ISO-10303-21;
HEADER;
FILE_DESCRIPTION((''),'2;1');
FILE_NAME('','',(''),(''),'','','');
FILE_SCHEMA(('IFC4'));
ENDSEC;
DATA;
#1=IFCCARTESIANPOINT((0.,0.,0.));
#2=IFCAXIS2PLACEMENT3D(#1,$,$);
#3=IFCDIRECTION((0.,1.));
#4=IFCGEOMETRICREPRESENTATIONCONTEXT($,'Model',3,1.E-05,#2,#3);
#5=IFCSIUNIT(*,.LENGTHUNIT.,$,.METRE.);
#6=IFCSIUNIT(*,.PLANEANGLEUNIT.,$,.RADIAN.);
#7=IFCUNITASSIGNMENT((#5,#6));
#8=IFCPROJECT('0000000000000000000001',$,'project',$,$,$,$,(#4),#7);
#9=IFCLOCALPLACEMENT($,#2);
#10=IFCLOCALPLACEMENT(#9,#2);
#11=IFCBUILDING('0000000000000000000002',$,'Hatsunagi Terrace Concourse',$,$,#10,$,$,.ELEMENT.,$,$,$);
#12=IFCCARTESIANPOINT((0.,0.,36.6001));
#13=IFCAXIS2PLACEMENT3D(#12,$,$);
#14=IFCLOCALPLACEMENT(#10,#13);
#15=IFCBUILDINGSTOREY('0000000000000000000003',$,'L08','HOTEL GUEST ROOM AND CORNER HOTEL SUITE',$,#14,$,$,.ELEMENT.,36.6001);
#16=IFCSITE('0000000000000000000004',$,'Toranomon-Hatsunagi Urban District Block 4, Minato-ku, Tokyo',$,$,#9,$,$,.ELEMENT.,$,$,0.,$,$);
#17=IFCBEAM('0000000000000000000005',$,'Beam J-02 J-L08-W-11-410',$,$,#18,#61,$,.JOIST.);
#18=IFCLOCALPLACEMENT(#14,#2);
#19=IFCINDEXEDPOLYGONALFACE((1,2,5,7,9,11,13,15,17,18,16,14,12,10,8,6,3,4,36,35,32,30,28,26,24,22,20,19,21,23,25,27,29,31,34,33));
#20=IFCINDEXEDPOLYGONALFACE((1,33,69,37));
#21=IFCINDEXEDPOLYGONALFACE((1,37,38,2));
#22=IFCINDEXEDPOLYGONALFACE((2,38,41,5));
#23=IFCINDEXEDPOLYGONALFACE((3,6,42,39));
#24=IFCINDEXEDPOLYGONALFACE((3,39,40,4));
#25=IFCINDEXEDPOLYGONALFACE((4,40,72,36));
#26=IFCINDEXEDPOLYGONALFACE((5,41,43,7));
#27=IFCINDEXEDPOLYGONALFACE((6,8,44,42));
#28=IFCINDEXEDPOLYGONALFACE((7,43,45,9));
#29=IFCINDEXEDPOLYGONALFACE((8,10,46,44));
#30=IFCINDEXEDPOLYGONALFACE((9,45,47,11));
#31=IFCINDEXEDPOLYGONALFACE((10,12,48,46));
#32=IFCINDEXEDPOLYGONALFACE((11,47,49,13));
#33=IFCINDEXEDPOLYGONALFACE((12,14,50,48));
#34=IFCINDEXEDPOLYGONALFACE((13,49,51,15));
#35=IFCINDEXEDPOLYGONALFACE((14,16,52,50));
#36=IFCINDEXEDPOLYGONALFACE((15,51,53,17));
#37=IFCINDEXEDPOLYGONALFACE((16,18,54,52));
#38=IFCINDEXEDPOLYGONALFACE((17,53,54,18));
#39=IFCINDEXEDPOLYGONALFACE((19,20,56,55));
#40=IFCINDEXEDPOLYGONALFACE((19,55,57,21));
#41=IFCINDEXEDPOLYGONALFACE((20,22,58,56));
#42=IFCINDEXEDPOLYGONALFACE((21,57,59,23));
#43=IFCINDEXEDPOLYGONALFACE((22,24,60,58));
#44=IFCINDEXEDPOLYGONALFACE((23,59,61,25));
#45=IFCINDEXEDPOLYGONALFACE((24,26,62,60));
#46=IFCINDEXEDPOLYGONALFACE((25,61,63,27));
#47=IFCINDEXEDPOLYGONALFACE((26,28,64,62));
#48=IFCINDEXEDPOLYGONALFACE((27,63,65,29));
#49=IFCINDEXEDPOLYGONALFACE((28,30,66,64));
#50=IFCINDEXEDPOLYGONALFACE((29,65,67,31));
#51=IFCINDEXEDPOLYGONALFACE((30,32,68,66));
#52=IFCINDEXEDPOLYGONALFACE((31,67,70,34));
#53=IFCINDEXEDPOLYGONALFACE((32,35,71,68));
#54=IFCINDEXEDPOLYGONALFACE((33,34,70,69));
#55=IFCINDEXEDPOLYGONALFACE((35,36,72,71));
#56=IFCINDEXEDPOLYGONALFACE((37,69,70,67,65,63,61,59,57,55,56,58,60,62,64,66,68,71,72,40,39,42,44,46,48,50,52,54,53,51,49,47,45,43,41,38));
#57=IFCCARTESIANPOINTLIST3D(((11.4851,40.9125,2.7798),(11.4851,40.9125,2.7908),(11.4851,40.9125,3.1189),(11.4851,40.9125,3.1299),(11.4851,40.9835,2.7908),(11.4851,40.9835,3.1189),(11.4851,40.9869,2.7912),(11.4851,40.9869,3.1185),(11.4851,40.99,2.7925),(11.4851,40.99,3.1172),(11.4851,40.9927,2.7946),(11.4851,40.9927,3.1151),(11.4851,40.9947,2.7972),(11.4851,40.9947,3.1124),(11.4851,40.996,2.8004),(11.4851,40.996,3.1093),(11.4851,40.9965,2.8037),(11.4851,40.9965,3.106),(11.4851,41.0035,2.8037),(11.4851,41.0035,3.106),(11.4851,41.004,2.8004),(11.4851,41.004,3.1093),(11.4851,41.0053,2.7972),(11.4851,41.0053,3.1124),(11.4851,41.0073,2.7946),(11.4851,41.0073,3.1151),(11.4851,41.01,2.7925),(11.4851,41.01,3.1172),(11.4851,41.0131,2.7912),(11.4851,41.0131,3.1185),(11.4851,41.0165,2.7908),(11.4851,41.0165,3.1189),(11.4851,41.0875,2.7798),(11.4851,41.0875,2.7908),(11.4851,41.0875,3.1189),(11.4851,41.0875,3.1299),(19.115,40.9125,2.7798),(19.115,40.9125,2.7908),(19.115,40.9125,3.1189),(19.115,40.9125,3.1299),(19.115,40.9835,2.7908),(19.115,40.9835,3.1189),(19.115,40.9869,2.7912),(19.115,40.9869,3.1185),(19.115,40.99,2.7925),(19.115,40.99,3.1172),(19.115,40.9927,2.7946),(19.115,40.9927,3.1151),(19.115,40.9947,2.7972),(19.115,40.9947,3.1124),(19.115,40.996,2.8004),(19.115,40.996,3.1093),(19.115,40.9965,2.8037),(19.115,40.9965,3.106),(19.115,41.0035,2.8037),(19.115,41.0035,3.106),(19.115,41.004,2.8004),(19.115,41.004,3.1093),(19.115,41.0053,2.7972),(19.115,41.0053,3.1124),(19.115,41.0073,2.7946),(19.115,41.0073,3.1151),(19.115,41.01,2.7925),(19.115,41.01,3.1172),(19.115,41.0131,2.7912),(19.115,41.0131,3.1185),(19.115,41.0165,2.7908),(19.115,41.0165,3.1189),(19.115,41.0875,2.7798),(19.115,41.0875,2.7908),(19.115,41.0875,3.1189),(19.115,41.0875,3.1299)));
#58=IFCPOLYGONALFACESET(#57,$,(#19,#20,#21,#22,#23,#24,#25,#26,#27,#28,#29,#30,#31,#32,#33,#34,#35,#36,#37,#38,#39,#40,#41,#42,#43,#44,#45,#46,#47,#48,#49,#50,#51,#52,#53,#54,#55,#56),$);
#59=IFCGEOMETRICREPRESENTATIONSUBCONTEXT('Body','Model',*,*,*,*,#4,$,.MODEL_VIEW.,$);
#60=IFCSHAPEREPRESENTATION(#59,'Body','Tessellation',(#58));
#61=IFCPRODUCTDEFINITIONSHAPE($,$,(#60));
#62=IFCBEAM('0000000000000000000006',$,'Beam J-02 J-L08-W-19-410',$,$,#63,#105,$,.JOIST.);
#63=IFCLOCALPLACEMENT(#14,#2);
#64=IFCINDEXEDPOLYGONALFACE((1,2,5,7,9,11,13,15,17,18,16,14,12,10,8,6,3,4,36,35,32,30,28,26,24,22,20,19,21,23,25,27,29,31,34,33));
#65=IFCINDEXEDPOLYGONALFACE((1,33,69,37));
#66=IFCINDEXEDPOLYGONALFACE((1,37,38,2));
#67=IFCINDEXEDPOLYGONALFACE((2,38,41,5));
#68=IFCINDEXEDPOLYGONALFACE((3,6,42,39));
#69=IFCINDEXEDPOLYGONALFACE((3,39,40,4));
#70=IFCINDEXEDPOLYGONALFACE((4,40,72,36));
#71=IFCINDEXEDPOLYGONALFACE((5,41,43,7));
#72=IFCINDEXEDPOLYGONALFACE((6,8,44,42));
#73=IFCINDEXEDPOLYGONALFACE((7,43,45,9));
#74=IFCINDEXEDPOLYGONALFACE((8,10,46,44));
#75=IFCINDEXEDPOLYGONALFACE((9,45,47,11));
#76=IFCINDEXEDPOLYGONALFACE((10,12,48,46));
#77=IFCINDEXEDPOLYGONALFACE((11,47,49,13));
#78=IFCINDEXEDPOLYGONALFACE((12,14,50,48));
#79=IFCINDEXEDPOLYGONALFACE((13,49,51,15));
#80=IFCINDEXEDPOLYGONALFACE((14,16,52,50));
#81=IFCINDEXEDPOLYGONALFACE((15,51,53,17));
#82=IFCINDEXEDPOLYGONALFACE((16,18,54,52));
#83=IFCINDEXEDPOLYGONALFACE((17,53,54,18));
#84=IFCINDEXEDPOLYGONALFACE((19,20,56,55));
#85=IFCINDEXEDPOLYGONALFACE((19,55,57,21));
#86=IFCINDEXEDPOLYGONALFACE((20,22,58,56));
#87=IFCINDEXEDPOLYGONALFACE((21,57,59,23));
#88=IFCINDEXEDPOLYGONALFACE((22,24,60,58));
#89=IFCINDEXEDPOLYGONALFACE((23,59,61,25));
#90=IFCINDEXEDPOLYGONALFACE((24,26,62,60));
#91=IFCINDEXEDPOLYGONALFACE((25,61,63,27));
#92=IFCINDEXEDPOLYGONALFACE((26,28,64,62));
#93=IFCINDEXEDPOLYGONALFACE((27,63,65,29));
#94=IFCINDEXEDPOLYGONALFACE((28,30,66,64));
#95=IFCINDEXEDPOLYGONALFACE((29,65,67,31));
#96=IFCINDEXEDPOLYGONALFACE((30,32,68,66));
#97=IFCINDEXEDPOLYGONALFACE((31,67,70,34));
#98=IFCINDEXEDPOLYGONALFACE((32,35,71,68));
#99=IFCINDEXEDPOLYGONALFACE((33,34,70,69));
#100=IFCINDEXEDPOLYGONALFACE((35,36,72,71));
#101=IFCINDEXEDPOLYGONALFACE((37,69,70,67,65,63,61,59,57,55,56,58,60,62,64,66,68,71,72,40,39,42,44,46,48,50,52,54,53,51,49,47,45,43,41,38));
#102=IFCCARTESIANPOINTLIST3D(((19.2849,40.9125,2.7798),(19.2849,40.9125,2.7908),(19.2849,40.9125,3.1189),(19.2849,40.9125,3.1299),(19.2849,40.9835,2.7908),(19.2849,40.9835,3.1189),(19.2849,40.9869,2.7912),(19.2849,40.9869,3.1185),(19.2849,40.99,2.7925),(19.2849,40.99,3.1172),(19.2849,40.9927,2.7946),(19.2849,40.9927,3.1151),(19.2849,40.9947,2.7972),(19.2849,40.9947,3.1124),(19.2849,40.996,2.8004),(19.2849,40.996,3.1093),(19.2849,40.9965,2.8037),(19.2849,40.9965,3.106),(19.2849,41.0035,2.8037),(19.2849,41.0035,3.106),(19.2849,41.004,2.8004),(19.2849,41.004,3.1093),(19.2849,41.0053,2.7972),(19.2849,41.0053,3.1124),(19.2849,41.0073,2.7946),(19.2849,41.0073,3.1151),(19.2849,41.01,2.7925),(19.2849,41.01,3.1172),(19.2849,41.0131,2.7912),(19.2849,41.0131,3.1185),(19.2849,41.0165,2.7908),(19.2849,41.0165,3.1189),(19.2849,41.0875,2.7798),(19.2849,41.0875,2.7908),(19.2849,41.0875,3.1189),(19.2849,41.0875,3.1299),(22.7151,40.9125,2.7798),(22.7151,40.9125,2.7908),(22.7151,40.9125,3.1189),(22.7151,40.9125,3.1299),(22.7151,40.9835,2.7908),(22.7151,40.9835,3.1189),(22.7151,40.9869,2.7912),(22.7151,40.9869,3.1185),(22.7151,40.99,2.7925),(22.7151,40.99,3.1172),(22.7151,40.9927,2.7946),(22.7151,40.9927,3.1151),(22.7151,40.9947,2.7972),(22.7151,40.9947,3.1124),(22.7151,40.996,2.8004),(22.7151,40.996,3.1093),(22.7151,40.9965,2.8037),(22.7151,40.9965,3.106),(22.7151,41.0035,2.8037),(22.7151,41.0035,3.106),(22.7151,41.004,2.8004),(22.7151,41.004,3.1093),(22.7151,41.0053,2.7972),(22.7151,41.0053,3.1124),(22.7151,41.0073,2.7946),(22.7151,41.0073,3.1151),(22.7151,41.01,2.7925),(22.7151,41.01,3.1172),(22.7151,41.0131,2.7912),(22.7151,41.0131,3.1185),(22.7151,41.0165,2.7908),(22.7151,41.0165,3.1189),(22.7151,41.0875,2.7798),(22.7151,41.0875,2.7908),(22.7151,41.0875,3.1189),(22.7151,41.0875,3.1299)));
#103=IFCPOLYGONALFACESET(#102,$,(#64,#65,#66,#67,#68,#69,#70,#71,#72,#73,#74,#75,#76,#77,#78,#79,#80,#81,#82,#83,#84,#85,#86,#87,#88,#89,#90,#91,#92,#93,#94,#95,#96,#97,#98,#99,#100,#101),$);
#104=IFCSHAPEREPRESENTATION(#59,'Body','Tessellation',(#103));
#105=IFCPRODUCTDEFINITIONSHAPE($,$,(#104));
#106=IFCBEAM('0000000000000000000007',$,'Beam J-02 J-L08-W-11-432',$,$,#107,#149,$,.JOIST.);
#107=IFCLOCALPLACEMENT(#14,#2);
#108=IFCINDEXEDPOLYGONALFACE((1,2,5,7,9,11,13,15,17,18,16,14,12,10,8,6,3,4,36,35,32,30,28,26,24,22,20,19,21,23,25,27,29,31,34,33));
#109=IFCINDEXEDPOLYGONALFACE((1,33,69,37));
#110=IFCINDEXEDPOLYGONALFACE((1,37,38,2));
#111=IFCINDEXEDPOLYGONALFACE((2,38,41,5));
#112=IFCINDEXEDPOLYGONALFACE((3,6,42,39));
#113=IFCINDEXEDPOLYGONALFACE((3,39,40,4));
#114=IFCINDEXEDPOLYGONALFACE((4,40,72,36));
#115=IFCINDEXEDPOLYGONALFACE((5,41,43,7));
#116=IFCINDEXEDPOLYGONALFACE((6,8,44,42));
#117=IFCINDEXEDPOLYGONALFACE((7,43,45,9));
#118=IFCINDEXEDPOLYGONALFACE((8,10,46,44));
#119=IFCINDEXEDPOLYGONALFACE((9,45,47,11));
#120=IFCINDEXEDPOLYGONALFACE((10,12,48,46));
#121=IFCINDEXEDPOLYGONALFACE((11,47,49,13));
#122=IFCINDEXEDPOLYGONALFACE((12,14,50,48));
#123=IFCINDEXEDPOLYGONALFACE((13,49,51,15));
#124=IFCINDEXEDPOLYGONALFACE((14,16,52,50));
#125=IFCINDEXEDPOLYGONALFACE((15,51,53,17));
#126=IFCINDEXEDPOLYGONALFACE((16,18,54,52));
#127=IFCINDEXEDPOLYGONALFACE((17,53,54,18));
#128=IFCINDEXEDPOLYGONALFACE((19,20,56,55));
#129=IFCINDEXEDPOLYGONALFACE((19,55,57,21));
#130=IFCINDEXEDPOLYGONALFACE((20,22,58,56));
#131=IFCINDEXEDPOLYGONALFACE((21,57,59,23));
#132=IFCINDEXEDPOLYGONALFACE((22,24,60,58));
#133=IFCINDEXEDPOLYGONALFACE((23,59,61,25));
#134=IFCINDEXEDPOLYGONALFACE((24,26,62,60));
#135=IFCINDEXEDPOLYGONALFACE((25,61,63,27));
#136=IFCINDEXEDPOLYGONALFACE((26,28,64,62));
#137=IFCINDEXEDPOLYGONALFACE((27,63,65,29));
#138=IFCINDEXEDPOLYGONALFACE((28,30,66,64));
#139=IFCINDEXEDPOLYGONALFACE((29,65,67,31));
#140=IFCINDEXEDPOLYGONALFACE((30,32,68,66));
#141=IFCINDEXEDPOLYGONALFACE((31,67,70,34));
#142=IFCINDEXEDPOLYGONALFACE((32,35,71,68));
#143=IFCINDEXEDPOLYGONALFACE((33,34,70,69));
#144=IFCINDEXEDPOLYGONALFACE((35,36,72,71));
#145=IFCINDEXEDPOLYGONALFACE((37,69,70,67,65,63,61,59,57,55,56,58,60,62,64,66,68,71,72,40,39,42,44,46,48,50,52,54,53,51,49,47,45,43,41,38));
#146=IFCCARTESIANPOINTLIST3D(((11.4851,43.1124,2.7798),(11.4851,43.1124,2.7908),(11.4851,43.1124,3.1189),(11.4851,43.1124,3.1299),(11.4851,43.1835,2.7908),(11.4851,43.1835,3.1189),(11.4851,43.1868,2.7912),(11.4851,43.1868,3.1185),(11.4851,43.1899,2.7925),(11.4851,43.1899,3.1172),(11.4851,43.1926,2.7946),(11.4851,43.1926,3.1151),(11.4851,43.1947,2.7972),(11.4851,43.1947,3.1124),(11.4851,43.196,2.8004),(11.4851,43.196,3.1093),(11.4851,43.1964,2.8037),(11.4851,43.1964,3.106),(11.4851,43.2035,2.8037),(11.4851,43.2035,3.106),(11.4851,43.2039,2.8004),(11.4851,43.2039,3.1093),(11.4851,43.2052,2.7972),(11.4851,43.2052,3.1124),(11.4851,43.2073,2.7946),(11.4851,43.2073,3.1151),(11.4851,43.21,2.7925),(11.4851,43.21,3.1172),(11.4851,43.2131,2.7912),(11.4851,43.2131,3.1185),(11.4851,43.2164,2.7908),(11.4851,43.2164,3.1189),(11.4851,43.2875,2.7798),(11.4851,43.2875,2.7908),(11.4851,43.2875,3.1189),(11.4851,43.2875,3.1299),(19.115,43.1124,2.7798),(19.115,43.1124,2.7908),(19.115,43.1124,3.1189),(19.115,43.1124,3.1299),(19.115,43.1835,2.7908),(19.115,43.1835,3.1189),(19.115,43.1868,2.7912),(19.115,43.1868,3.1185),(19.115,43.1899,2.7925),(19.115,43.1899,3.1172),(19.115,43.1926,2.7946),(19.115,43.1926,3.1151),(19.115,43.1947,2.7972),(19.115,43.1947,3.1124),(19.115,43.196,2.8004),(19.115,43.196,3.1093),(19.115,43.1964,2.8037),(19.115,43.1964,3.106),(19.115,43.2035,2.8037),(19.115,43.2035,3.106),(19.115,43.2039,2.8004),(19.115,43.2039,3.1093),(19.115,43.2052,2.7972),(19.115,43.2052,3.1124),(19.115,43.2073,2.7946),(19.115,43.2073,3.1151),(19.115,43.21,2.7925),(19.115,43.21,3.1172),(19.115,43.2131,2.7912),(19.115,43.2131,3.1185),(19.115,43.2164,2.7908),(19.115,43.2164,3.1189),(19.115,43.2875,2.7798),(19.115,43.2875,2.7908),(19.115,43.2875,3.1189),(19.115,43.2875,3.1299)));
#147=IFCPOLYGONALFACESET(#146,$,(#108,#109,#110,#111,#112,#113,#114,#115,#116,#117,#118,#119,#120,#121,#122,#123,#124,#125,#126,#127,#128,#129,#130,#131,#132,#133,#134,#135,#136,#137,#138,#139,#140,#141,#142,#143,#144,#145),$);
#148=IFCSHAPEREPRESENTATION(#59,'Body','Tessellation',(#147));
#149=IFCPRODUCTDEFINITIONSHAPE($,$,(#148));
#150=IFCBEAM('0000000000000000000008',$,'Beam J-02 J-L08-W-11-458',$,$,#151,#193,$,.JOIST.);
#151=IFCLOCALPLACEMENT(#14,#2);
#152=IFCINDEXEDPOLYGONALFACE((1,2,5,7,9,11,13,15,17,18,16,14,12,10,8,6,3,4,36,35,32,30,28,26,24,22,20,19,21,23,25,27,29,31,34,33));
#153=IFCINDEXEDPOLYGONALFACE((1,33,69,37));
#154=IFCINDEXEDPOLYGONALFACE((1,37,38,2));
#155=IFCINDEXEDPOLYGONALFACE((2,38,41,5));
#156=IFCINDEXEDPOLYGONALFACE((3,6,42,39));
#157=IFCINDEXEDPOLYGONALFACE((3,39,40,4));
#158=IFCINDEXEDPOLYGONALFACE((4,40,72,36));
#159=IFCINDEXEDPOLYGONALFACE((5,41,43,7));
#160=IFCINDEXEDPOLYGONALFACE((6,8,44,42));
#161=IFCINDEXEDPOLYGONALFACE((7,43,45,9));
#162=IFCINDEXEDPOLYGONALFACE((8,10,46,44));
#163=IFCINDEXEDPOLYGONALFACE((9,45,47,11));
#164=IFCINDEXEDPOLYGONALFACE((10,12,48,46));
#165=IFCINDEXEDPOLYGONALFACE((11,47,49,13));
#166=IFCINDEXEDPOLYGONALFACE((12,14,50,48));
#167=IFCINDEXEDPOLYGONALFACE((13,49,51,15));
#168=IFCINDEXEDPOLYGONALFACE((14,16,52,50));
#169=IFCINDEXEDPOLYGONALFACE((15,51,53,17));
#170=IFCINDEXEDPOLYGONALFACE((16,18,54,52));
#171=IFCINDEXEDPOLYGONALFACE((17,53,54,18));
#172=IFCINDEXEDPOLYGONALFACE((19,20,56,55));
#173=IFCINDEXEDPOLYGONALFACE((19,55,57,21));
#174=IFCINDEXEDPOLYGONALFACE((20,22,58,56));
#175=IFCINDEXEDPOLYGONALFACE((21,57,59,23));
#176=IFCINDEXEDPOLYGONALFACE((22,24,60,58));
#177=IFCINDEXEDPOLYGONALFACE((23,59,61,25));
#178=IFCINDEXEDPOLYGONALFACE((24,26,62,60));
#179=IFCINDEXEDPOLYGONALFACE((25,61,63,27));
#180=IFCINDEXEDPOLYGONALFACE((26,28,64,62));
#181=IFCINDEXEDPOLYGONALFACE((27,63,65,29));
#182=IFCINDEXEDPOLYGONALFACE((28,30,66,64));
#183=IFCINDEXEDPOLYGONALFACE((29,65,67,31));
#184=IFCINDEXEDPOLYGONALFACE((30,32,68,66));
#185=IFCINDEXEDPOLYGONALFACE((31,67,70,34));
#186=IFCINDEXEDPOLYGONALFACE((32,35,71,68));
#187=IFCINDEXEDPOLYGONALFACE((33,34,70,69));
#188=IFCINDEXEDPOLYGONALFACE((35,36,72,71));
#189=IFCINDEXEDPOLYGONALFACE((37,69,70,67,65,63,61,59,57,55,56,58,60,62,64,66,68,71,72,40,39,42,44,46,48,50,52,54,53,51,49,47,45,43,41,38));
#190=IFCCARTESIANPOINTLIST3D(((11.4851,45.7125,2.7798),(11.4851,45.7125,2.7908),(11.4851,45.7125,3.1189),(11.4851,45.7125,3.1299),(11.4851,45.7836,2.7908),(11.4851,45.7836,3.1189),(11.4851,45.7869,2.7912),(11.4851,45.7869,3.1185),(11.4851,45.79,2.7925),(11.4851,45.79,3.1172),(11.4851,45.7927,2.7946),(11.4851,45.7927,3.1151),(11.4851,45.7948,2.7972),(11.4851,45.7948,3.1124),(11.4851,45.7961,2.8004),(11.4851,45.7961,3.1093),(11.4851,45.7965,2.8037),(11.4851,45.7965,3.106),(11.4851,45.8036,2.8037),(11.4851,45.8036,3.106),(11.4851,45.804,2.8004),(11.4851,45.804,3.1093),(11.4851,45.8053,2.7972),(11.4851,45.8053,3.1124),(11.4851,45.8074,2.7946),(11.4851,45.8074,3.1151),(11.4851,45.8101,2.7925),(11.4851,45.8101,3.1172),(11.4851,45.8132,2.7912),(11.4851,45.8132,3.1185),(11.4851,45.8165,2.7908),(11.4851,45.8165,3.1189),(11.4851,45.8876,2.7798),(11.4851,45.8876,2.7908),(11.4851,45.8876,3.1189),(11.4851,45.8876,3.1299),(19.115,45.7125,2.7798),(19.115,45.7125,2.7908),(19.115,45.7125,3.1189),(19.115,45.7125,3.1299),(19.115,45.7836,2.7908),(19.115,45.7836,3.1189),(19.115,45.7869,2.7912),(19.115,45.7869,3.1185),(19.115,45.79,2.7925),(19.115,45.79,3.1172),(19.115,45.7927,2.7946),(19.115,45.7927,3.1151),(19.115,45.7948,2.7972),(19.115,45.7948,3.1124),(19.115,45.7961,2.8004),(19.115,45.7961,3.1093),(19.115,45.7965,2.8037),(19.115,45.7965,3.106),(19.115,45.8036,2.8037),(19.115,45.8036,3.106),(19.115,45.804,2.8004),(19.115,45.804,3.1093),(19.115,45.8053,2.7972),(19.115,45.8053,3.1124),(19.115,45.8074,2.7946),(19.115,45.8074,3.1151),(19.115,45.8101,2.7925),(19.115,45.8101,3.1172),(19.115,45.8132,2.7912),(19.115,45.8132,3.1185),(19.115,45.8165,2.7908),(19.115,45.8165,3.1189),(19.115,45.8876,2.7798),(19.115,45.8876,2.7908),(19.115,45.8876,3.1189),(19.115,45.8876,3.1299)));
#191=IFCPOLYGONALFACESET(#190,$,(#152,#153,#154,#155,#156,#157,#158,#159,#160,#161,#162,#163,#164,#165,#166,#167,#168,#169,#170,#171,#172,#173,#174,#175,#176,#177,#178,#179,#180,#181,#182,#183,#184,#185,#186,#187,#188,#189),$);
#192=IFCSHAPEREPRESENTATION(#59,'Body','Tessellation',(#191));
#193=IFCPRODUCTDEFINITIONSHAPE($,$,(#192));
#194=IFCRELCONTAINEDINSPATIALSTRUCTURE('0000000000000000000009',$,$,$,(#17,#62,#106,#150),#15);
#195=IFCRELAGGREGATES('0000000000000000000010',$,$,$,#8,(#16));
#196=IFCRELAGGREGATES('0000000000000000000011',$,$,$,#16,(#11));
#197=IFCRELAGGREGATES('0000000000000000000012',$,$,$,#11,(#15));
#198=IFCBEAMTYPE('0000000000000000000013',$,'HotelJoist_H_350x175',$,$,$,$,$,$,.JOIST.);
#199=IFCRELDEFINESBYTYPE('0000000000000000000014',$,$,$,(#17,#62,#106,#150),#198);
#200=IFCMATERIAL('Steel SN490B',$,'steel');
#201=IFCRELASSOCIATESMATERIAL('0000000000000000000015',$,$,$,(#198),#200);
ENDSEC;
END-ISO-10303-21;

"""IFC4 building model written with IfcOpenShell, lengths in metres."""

from ifc_helpers import new_model, si_unit, direction, frame, origin, origin_2d, place, context, subcontext, project, spatial, i_section, extrude, material, material_profile, profile_set, type_object, element, save


model = new_model("IFC4")

# Units and contexts
model_context = context("Model", 3, precision=1e-05, world=origin(), true_north=direction((0.0, 1.0)))
body_context = subcontext(model_context, "Body", "Model", "MODEL_VIEW")
ifc_project = project(units=[si_unit("LENGTHUNIT", "METRE"), si_unit("PLANEANGLEUNIT", "RADIAN")], contexts=[model_context])

# Site, building, storey
site_placement = place(None, origin())
site = spatial("IfcSite", under=ifc_project, at=site_placement, Name="Toranomon-Hatsunagi Urban District Block 4, Minato-ku, Tokyo", CompositionType="ELEMENT", RefElevation=0.0)
building_placement = place(site_placement, origin())
building = spatial("IfcBuilding", under=site, at=building_placement, Name="Hatsunagi Terrace Concourse", CompositionType="ELEMENT")
storey_placement = place(building_placement, frame((0.0, 0.0, 36.6001)))
storey = spatial("IfcBuildingStorey", under=building, at=storey_placement, Name="L08", Description="HOTEL GUEST ROOM AND CORNER HOTEL SUITE", CompositionType="ELEMENT", Elevation=36.6001)

# Beams
ifc_material_1 = material(Name="Steel SN490B", Category="steel")
ifc_material_profile_1 = material_profile(ifc_material_1, i_section(OverallWidth=0.175, OverallDepth=0.3501, WebThickness=0.0071, FlangeThickness=0.011, FilletRadius=0.0129, at=origin_2d()), Name="H-350x175x7x11")
ifc_profile_set_1 = profile_set([ifc_material_profile_1], Name="Steel SN490B")
beam_type_1 = type_object("IfcBeamType", Name="HotelJoist_H_350x175", PredefinedType="JOIST", material=ifc_profile_set_1)
beam_1_placement = place(storey_placement, frame((11.4851, 41.0, 2.9548), z_axis=(1.0, 0.0, 0.0), x_axis=(0.0, 1.0, 0.0)))
element("IfcBeam", 1, at=beam_1_placement, inside=storey, type_object=beam_type_1, Name="Beam J-02 J-L08-W-11-410", PredefinedType="JOIST", context=body_context, shape_type="SweptSolid", body=[
    extrude(i_section(OverallWidth=0.175, OverallDepth=0.3501, WebThickness=0.0071, FlangeThickness=0.011, FilletRadius=0.0129, at=origin_2d()), origin(), (0.0, 0.0, 1.0), 7.6299),
])
beam_2_placement = place(storey_placement, frame((19.2849, 41.0, 2.9548), z_axis=(1.0, 0.0, 0.0), x_axis=(0.0, 1.0, 0.0)))
element("IfcBeam", 2, at=beam_2_placement, inside=storey, type_object=beam_type_1, Name="Beam J-02 J-L08-W-19-410", PredefinedType="JOIST", context=body_context, shape_type="SweptSolid", body=[
    extrude(i_section(OverallWidth=0.175, OverallDepth=0.3501, WebThickness=0.0071, FlangeThickness=0.011, FilletRadius=0.0129, at=origin_2d()), origin(), (0.0, 0.0, 1.0), 3.4302),
])
for number, where, z_axis, x_axis, name in (
    (3, (11.4851, 43.2, 2.9548), (1.0, 0.0, 0.0), (0.0, 1.0, 0.0), "Beam J-02 J-L08-W-11-432"),
    (4, (11.4851, 45.8, 2.9548), (1.0, 0.0, 0.0), (0.0, 1.0, 0.0), "Beam J-02 J-L08-W-11-458"),
):
    element("IfcBeam", number, at=place(storey_placement, frame(where, z_axis=z_axis, x_axis=x_axis)), inside=storey, type_object=beam_type_1, Name=name, PredefinedType="JOIST", context=body_context, shape_type="SweptSolid", body=[
        extrude(i_section(OverallWidth=0.175, OverallDepth=0.3501, WebThickness=0.0071, FlangeThickness=0.011, FilletRadius=0.0129, at=origin_2d()), origin(), (0.0, 0.0, 1.0), 7.6299),
    ])

save(model, "model.ifc")
